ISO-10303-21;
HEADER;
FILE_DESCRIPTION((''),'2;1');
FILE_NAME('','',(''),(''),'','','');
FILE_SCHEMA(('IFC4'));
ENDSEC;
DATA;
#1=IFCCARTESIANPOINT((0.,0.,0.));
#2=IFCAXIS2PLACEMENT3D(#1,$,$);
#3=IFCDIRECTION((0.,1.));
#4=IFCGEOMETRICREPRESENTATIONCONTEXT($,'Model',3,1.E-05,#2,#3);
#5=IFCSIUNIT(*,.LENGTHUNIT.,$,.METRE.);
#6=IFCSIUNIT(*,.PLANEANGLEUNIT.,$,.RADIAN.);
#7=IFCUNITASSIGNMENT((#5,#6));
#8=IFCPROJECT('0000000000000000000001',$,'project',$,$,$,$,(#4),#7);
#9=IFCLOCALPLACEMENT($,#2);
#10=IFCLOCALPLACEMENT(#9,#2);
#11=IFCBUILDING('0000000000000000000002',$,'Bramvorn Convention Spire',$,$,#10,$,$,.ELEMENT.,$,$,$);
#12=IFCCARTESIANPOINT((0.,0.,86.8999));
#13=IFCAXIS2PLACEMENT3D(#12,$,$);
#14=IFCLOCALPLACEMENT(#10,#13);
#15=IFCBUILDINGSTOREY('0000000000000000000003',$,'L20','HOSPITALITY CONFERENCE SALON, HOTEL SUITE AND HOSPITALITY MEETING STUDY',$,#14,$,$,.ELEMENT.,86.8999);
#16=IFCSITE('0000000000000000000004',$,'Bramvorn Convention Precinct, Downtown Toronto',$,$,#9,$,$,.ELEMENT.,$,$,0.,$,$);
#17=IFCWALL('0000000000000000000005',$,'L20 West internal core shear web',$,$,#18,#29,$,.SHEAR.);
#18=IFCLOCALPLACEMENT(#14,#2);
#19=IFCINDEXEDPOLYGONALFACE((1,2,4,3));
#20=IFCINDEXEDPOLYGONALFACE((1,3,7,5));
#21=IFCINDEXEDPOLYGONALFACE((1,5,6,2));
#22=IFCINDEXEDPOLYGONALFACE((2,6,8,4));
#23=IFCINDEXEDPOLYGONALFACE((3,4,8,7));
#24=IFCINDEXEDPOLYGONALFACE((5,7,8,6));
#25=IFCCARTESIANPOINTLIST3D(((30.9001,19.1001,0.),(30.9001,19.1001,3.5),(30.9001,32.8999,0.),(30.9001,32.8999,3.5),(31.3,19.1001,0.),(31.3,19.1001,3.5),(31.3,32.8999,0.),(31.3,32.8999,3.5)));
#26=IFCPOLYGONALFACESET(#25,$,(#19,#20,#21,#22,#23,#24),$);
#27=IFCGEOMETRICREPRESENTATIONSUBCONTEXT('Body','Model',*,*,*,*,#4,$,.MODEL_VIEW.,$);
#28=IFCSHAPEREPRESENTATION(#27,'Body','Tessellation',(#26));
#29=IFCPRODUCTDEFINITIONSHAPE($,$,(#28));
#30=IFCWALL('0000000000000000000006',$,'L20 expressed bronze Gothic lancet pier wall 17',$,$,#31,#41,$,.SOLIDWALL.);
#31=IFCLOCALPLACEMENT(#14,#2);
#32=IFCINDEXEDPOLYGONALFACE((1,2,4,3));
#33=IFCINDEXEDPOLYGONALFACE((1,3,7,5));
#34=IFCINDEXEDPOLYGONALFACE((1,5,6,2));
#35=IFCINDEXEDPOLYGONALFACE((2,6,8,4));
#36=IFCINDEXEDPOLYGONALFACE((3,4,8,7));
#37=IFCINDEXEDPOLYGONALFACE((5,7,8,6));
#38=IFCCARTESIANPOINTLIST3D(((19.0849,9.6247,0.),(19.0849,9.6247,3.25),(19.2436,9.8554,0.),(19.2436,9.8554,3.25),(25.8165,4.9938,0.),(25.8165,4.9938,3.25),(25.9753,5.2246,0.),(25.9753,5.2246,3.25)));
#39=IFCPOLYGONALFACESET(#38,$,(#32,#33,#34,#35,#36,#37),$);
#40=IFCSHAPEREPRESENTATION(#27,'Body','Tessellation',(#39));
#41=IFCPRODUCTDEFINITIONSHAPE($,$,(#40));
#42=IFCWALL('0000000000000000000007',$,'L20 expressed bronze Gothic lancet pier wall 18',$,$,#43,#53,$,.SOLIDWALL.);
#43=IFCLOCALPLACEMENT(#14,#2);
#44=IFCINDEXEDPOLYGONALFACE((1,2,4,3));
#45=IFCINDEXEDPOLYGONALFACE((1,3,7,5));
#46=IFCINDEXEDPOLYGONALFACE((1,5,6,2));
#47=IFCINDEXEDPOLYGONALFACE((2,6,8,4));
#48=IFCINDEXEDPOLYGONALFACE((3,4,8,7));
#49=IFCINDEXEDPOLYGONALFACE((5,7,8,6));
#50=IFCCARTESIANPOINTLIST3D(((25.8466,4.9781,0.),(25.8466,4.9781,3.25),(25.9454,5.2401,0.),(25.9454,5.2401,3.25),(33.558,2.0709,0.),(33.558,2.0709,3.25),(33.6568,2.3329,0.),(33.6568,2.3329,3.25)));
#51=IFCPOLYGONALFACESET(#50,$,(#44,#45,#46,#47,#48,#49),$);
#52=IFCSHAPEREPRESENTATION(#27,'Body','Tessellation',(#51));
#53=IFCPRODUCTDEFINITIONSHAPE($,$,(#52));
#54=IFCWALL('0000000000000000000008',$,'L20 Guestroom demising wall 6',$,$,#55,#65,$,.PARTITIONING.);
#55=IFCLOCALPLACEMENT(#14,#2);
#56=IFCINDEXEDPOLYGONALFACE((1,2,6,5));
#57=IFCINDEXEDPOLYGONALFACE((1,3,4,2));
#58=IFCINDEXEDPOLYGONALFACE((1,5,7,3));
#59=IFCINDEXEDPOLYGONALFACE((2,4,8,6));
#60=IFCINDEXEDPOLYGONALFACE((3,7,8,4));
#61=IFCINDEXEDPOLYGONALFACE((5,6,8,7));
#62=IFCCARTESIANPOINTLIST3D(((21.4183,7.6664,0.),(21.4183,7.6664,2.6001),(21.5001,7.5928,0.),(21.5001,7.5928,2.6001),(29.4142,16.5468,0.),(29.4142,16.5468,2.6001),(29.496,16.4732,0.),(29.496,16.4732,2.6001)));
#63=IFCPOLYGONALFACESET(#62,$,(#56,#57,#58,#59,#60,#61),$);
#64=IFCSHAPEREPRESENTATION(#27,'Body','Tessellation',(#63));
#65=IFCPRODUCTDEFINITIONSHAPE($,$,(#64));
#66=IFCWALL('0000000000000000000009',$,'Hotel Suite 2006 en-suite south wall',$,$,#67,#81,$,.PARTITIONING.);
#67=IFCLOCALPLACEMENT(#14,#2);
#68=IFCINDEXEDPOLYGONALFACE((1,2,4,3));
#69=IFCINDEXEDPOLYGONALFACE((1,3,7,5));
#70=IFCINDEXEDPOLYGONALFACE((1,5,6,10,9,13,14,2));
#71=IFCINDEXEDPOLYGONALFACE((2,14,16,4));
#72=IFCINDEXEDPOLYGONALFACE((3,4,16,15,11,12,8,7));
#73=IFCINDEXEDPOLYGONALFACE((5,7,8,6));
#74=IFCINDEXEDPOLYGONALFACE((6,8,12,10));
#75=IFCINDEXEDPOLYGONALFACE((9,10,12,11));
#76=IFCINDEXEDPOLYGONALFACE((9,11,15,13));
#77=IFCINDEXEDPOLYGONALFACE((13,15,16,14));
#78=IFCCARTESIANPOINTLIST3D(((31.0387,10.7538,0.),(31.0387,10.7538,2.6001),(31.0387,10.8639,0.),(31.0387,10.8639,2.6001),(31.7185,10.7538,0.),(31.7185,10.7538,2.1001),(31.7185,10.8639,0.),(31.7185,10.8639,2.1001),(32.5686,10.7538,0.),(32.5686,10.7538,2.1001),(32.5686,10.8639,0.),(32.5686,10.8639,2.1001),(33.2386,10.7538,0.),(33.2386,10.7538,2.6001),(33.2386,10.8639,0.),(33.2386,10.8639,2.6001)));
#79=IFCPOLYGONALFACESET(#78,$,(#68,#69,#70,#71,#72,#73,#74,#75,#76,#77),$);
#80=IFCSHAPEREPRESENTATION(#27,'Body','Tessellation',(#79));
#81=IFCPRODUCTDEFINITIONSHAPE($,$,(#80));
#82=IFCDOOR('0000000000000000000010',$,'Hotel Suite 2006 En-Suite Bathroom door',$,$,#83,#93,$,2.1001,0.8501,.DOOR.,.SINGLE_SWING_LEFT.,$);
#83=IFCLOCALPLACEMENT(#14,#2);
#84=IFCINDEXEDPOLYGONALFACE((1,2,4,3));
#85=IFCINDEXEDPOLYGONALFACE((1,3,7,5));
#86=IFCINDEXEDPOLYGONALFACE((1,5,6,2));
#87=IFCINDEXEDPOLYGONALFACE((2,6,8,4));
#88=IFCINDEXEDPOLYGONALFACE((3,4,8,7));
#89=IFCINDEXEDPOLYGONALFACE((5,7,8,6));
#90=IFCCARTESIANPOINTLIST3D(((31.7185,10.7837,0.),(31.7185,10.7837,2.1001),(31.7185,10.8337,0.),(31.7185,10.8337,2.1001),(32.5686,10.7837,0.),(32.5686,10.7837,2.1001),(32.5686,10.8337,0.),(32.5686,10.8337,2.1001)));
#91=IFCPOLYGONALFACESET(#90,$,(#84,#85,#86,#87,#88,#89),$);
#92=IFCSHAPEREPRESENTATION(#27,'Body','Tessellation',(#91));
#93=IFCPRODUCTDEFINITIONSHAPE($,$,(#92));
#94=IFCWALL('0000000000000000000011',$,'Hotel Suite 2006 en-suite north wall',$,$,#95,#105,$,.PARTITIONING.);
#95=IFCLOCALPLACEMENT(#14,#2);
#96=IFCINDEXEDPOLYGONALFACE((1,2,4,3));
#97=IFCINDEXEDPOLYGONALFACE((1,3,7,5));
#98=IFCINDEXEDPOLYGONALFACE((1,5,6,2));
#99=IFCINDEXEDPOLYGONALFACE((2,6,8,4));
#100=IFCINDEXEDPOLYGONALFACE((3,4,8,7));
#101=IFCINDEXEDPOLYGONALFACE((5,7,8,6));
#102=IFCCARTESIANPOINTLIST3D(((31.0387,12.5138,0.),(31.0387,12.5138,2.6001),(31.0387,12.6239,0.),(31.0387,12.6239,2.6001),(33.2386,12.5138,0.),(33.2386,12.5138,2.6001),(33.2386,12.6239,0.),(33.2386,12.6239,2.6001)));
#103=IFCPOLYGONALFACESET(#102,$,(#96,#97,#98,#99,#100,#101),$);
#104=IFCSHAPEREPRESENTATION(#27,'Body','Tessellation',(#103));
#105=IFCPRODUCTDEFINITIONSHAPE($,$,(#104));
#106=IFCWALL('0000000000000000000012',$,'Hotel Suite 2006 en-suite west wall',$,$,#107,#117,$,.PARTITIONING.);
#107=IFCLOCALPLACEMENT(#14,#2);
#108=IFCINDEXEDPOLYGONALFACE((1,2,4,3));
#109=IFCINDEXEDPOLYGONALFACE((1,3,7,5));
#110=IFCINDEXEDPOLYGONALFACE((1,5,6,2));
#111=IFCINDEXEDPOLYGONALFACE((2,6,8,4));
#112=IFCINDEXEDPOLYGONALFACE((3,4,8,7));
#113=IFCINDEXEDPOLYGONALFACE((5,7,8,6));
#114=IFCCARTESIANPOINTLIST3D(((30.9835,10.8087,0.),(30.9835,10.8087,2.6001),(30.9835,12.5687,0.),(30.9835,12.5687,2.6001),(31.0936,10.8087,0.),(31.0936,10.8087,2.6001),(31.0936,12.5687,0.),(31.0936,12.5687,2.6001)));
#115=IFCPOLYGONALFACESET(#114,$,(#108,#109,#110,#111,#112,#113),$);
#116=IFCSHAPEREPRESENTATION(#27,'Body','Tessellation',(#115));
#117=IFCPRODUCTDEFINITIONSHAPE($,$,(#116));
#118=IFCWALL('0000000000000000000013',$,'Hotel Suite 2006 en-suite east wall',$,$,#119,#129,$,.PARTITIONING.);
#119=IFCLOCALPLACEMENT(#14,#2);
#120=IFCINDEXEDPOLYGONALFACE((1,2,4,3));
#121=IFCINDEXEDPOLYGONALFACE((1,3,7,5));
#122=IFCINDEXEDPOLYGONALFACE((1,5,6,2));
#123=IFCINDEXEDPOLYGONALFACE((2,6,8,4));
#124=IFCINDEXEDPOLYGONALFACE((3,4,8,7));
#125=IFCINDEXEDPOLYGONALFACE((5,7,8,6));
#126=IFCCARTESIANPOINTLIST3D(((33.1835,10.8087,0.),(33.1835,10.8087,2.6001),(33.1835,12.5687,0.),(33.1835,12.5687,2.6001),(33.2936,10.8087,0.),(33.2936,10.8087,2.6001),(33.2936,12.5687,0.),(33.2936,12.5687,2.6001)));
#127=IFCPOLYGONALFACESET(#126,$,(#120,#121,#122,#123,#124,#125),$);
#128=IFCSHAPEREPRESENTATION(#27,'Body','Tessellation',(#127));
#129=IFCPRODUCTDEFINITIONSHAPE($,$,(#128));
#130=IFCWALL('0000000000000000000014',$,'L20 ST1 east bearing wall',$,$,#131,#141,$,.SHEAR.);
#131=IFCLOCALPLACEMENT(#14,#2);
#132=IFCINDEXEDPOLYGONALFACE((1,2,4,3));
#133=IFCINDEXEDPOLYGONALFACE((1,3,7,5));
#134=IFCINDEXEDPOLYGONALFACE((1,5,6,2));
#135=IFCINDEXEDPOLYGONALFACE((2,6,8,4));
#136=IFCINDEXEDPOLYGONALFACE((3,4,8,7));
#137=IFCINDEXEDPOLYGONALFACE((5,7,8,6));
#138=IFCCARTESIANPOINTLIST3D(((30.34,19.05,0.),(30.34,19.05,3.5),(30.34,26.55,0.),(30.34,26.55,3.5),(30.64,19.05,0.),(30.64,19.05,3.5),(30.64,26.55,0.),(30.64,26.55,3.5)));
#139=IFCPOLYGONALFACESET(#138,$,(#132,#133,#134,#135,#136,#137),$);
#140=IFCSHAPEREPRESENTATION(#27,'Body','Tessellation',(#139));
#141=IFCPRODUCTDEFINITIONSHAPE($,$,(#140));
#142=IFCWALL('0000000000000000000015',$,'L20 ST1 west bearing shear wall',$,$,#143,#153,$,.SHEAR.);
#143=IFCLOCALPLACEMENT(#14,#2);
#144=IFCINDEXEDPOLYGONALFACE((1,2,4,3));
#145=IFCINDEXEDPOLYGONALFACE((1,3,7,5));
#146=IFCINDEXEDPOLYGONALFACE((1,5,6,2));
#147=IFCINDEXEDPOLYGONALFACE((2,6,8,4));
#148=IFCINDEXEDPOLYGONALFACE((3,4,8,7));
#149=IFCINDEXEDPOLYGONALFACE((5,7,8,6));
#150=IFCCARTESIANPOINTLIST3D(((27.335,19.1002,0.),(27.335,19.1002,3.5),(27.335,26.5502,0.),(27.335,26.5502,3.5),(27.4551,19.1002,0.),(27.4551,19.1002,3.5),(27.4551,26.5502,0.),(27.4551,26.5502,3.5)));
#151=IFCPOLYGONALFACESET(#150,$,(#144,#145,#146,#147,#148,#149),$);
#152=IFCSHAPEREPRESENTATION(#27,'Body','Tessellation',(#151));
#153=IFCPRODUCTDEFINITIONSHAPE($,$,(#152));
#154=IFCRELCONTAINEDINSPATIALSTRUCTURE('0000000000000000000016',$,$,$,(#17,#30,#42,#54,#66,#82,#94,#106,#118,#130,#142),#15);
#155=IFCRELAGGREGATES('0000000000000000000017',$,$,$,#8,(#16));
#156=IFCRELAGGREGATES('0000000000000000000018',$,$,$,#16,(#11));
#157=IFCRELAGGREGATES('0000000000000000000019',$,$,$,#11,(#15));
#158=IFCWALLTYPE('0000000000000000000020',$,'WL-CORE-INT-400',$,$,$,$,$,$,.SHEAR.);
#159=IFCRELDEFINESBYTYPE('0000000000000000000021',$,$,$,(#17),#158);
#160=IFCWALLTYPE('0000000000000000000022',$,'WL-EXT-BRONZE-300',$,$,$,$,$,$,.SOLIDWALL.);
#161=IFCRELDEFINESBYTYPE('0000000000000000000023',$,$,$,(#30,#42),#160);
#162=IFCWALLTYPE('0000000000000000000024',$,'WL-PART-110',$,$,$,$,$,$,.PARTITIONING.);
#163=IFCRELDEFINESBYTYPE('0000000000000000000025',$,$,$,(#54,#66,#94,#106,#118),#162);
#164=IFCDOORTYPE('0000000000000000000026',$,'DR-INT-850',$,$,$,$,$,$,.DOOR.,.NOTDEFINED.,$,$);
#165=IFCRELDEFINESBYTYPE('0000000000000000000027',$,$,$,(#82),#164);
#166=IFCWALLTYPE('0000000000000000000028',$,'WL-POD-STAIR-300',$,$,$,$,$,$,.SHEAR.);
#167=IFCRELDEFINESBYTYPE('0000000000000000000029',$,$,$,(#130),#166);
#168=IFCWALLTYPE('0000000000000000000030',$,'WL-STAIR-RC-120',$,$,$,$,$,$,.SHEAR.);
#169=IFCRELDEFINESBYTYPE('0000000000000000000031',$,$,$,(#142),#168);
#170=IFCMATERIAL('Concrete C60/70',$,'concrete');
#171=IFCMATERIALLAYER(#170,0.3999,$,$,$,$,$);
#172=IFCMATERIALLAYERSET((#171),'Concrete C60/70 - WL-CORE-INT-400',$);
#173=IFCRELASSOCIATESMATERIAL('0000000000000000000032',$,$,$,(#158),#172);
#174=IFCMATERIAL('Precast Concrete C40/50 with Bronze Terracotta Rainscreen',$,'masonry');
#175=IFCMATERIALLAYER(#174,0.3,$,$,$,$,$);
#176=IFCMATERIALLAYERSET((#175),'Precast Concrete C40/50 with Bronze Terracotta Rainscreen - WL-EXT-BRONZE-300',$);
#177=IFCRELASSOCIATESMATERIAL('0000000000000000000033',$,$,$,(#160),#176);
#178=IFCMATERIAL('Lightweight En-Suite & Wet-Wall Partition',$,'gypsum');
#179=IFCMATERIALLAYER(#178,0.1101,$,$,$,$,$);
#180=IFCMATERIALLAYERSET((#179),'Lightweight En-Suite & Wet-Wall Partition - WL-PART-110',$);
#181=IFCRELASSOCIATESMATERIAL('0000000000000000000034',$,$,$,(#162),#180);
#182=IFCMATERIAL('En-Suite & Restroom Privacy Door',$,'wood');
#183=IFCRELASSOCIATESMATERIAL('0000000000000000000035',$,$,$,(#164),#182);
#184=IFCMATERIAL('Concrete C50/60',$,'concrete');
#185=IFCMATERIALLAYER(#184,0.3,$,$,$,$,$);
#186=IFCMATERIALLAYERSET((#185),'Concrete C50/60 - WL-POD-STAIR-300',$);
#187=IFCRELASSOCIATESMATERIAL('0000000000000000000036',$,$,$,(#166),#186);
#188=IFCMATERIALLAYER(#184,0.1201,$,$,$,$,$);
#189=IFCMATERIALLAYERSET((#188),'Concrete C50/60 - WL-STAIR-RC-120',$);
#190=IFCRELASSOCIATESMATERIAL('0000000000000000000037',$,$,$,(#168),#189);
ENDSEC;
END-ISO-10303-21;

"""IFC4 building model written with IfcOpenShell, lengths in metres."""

from ifc_helpers import new_model, si_unit, direction, frame, frame_2d, origin, place, context, subcontext, project, spatial, rectangle, extrude, material, layer, layer_set, type_object, element, fill, save


model = new_model("IFC4")

# Units and contexts
model_context = context("Model", 3, precision=1e-05, world=origin(), true_north=direction((0.0, 1.0)))
body_context = subcontext(model_context, "Body", "Model", "MODEL_VIEW")
ifc_project = project(units=[si_unit("LENGTHUNIT", "METRE"), si_unit("PLANEANGLEUNIT", "RADIAN")], contexts=[model_context])

# Site, building, storey
site_placement = place(None, origin())
site = spatial("IfcSite", under=ifc_project, at=site_placement, Name="Bramvorn Convention Precinct, Downtown Toronto", CompositionType="ELEMENT", RefElevation=0.0)
building_placement = place(site_placement, origin())
building = spatial("IfcBuilding", under=site, at=building_placement, Name="Bramvorn Convention Spire", CompositionType="ELEMENT")
storey_placement = place(building_placement, frame((0.0, 0.0, 86.8999)))
storey = spatial("IfcBuildingStorey", under=building, at=storey_placement, Name="L20", Description="HOSPITALITY CONFERENCE SALON, HOTEL SUITE AND HOSPITALITY MEETING STUDY", CompositionType="ELEMENT", Elevation=86.8999)

# Shared definitions
ifc_material_1 = material(Name="Concrete C60/70", Category="concrete")

# Walls
ifc_layer_1 = layer(ifc_material_1, 0.3999)
ifc_layer_set_1 = layer_set([ifc_layer_1], Name="Concrete C60/70 - WL-CORE-INT-400")
wall_type_1 = type_object("IfcWallType", Name="WL-CORE-INT-400", PredefinedType="SHEAR", material=ifc_layer_set_1)
wall_1_placement = place(storey_placement, frame((31.1001, 19.1001, 0.0), z_axis=(0.0, 0.0, 1.0), x_axis=(0.0, 1.0, 0.0)))
element("IfcWall", 1, at=wall_1_placement, inside=storey, type_object=wall_type_1, Name="L20 West internal core shear web", PredefinedType="SHEAR", context=body_context, shape_type="SweptSolid", body=[
    extrude(rectangle(XDim=13.7998, YDim=0.3999, at=frame_2d((6.8999, 0.0))), origin(), (0.0, 0.0, 1.0), 3.5),
])
ifc_material_2 = material(Name="Precast Concrete C40/50 with Bronze Terracotta Rainscreen", Category="masonry")
ifc_layer_2 = layer(ifc_material_2, 0.3)
ifc_layer_set_2 = layer_set([ifc_layer_2], Name="Precast Concrete C40/50 with Bronze Terracotta Rainscreen - WL-EXT-BRONZE-300")
wall_type_2 = type_object("IfcWallType", Name="WL-EXT-BRONZE-300", PredefinedType="SOLIDWALL", material=ifc_layer_set_2)
wall_2_placement = place(storey_placement, frame((25.896, 5.1091, 0.0), z_axis=(0.0, 0.0, 1.0), x_axis=(-0.823881, 0.566763, 0.0)))
element("IfcWall", 2, at=wall_2_placement, inside=storey, type_object=wall_type_2, Name="L20 expressed bronze Gothic lancet pier wall 17", PredefinedType="SOLIDWALL", context=body_context, shape_type="SweptSolid", body=[
    extrude(rectangle(XDim=8.1707, YDim=0.28, at=frame_2d((4.0854, 0.0))), origin(), (0.0, 0.0, 1.0), 3.25),
])
wall_3_placement = place(storey_placement, frame((33.6074, 2.2019, 0.0), z_axis=(0.0, 0.0, 1.0), x_axis=(-0.935712, 0.352766, 0.0)))
element("IfcWall", 3, at=wall_3_placement, inside=storey, type_object=wall_type_2, Name="L20 expressed bronze Gothic lancet pier wall 18", PredefinedType="SOLIDWALL", context=body_context, shape_type="SweptSolid", body=[
    extrude(rectangle(XDim=8.2412, YDim=0.28, at=frame_2d((4.1206, 0.0))), origin(), (0.0, 0.0, 1.0), 3.25),
])
ifc_material_3 = material(Name="Lightweight En-Suite & Wet-Wall Partition", Category="gypsum")
ifc_layer_3 = layer(ifc_material_3, 0.1101)
ifc_layer_set_3 = layer_set([ifc_layer_3], Name="Lightweight En-Suite & Wet-Wall Partition - WL-PART-110")
wall_type_3 = type_object("IfcWallType", Name="WL-PART-110", PredefinedType="PARTITIONING", material=ifc_layer_set_3)
wall_4_placement = place(storey_placement, frame((29.4551, 16.51, 0.0), z_axis=(0.0, 0.0, 1.0), x_axis=(-0.669127, -0.743148, 0.0)))
element("IfcWall", 4, at=wall_4_placement, inside=storey, type_object=wall_type_3, Name="L20 Guestroom demising wall 6", PredefinedType="PARTITIONING", context=body_context, shape_type="SweptSolid", body=[
    extrude(rectangle(XDim=11.9497, YDim=0.1101, at=frame_2d((5.9749, 0.0))), origin(), (0.0, 0.0, 1.0), 2.6001),
])

# Wall, opening, door
wall_5_placement = place(storey_placement, frame((31.0386, 10.8088, 0.0), z_axis=(0.0, 0.0, 1.0), x_axis=(1.0, 0.0, 0.0)))
wall_5 = element("IfcWall", 5, at=wall_5_placement, inside=storey, type_object=wall_type_3, Name="Hotel Suite 2006 en-suite south wall", PredefinedType="PARTITIONING", context=body_context, shape_type="SweptSolid", body=[
    extrude(rectangle(XDim=2.2, YDim=0.1101, at=frame_2d((1.1001, 0.0))), origin(), (0.0, 0.0, 1.0), 2.6001),
])
opening_1_placement = place(wall_5_placement, frame((0.6799, 0.0, 0.0)))
opening_1 = element("IfcOpeningElement", 6, at=opening_1_placement, cuts=wall_5, PredefinedType="OPENING", context=body_context, shape_type="SweptSolid", body=[
    extrude(rectangle(XDim=0.8501, YDim=2.1001, at=frame_2d((0.425, 1.05))), frame((0.0, 0.0649, 0.0), z_axis=(0.0, -1.0, 0.0), x_axis=(1.0, 0.0, 0.0)), (0.0, 0.0, 1.0), 0.1301),
])
ifc_material_4 = material(Name="En-Suite & Restroom Privacy Door", Category="wood")
door_type_1 = type_object("IfcDoorType", Name="DR-INT-850", OperationType="NOTDEFINED", PredefinedType="DOOR", material=ifc_material_4)
door_1_placement = place(opening_1_placement, origin())
door_1 = element("IfcDoor", 7, at=door_1_placement, inside=storey, type_object=door_type_1, Name="Hotel Suite 2006 En-Suite Bathroom door", OperationType="SINGLE_SWING_LEFT", OverallHeight=2.1001, OverallWidth=0.8501, PredefinedType="DOOR", context=body_context, shape_type="SweptSolid", body=[
    extrude(rectangle(XDim=0.8501, YDim=2.1001, at=frame_2d((0.425, 1.05))), frame((0.0, 0.0249, 0.0), z_axis=(0.0, -1.0, 0.0), x_axis=(1.0, 0.0, 0.0)), (0.0, 0.0, 1.0), 0.05),
])
fill(opening_1, door_1)

# Walls
wall_6_placement = place(storey_placement, frame((31.0386, 12.5688, 0.0), z_axis=(0.0, 0.0, 1.0), x_axis=(1.0, 0.0, 0.0)))
element("IfcWall", 8, at=wall_6_placement, inside=storey, type_object=wall_type_3, Name="Hotel Suite 2006 en-suite north wall", PredefinedType="PARTITIONING", context=body_context, shape_type="SweptSolid", body=[
    extrude(rectangle(XDim=2.2, YDim=0.1101, at=frame_2d((1.1001, 0.0))), origin(), (0.0, 0.0, 1.0), 2.6001),
])
for number, where, z_axis, x_axis, name in (
    (9, (31.0386, 10.8088, 0.0), (0.0, 0.0, 1.0), (0.0, 1.0, 0.0), "Hotel Suite 2006 en-suite west wall"),
    (10, (33.2385, 10.8088, 0.0), (0.0, 0.0, 1.0), (0.0, 1.0, 0.0), "Hotel Suite 2006 en-suite east wall"),
):
    element("IfcWall", number, at=place(storey_placement, frame(where, z_axis=z_axis, x_axis=x_axis)), inside=storey, type_object=wall_type_3, Name=name, PredefinedType="PARTITIONING", context=body_context, shape_type="SweptSolid", body=[
        extrude(rectangle(XDim=1.76, YDim=0.1101, at=frame_2d((0.8799, 0.0))), origin(), (0.0, 0.0, 1.0), 2.6001),
    ])
ifc_material_5 = material(Name="Concrete C50/60", Category="concrete")
ifc_layer_4 = layer(ifc_material_5, 0.3)
ifc_layer_set_4 = layer_set([ifc_layer_4], Name="Concrete C50/60 - WL-POD-STAIR-300")
wall_type_4 = type_object("IfcWallType", Name="WL-POD-STAIR-300", PredefinedType="SHEAR", material=ifc_layer_set_4)
wall_7_placement = place(storey_placement, frame((30.49, 19.05, 0.0), z_axis=(0.0, 0.0, 1.0), x_axis=(0.0, 1.0, 0.0)))
element("IfcWall", 11, at=wall_7_placement, inside=storey, type_object=wall_type_4, Name="L20 ST1 east bearing wall", PredefinedType="SHEAR", context=body_context, shape_type="SweptSolid", body=[
    extrude(rectangle(XDim=7.5, YDim=0.3, at=frame_2d((3.75, 0.0))), origin(), (0.0, 0.0, 1.0), 3.5),
])
ifc_layer_5 = layer(ifc_material_5, 0.1201)
ifc_layer_set_5 = layer_set([ifc_layer_5], Name="Concrete C50/60 - WL-STAIR-RC-120")
wall_type_5 = type_object("IfcWallType", Name="WL-STAIR-RC-120", PredefinedType="SHEAR", material=ifc_layer_set_5)
wall_8_placement = place(storey_placement, frame((27.395, 19.1001, 0.0), z_axis=(0.0, 0.0, 1.0), x_axis=(0.0, 1.0, 0.0)))
element("IfcWall", 12, at=wall_8_placement, inside=storey, type_object=wall_type_5, Name="L20 ST1 west bearing shear wall", PredefinedType="SHEAR", context=body_context, shape_type="SweptSolid", body=[
    extrude(rectangle(XDim=7.45, YDim=0.1201, at=frame_2d((3.7251, 0.0))), origin(), (0.0, 0.0, 1.0), 3.5),
])

save(model, "model.ifc")
